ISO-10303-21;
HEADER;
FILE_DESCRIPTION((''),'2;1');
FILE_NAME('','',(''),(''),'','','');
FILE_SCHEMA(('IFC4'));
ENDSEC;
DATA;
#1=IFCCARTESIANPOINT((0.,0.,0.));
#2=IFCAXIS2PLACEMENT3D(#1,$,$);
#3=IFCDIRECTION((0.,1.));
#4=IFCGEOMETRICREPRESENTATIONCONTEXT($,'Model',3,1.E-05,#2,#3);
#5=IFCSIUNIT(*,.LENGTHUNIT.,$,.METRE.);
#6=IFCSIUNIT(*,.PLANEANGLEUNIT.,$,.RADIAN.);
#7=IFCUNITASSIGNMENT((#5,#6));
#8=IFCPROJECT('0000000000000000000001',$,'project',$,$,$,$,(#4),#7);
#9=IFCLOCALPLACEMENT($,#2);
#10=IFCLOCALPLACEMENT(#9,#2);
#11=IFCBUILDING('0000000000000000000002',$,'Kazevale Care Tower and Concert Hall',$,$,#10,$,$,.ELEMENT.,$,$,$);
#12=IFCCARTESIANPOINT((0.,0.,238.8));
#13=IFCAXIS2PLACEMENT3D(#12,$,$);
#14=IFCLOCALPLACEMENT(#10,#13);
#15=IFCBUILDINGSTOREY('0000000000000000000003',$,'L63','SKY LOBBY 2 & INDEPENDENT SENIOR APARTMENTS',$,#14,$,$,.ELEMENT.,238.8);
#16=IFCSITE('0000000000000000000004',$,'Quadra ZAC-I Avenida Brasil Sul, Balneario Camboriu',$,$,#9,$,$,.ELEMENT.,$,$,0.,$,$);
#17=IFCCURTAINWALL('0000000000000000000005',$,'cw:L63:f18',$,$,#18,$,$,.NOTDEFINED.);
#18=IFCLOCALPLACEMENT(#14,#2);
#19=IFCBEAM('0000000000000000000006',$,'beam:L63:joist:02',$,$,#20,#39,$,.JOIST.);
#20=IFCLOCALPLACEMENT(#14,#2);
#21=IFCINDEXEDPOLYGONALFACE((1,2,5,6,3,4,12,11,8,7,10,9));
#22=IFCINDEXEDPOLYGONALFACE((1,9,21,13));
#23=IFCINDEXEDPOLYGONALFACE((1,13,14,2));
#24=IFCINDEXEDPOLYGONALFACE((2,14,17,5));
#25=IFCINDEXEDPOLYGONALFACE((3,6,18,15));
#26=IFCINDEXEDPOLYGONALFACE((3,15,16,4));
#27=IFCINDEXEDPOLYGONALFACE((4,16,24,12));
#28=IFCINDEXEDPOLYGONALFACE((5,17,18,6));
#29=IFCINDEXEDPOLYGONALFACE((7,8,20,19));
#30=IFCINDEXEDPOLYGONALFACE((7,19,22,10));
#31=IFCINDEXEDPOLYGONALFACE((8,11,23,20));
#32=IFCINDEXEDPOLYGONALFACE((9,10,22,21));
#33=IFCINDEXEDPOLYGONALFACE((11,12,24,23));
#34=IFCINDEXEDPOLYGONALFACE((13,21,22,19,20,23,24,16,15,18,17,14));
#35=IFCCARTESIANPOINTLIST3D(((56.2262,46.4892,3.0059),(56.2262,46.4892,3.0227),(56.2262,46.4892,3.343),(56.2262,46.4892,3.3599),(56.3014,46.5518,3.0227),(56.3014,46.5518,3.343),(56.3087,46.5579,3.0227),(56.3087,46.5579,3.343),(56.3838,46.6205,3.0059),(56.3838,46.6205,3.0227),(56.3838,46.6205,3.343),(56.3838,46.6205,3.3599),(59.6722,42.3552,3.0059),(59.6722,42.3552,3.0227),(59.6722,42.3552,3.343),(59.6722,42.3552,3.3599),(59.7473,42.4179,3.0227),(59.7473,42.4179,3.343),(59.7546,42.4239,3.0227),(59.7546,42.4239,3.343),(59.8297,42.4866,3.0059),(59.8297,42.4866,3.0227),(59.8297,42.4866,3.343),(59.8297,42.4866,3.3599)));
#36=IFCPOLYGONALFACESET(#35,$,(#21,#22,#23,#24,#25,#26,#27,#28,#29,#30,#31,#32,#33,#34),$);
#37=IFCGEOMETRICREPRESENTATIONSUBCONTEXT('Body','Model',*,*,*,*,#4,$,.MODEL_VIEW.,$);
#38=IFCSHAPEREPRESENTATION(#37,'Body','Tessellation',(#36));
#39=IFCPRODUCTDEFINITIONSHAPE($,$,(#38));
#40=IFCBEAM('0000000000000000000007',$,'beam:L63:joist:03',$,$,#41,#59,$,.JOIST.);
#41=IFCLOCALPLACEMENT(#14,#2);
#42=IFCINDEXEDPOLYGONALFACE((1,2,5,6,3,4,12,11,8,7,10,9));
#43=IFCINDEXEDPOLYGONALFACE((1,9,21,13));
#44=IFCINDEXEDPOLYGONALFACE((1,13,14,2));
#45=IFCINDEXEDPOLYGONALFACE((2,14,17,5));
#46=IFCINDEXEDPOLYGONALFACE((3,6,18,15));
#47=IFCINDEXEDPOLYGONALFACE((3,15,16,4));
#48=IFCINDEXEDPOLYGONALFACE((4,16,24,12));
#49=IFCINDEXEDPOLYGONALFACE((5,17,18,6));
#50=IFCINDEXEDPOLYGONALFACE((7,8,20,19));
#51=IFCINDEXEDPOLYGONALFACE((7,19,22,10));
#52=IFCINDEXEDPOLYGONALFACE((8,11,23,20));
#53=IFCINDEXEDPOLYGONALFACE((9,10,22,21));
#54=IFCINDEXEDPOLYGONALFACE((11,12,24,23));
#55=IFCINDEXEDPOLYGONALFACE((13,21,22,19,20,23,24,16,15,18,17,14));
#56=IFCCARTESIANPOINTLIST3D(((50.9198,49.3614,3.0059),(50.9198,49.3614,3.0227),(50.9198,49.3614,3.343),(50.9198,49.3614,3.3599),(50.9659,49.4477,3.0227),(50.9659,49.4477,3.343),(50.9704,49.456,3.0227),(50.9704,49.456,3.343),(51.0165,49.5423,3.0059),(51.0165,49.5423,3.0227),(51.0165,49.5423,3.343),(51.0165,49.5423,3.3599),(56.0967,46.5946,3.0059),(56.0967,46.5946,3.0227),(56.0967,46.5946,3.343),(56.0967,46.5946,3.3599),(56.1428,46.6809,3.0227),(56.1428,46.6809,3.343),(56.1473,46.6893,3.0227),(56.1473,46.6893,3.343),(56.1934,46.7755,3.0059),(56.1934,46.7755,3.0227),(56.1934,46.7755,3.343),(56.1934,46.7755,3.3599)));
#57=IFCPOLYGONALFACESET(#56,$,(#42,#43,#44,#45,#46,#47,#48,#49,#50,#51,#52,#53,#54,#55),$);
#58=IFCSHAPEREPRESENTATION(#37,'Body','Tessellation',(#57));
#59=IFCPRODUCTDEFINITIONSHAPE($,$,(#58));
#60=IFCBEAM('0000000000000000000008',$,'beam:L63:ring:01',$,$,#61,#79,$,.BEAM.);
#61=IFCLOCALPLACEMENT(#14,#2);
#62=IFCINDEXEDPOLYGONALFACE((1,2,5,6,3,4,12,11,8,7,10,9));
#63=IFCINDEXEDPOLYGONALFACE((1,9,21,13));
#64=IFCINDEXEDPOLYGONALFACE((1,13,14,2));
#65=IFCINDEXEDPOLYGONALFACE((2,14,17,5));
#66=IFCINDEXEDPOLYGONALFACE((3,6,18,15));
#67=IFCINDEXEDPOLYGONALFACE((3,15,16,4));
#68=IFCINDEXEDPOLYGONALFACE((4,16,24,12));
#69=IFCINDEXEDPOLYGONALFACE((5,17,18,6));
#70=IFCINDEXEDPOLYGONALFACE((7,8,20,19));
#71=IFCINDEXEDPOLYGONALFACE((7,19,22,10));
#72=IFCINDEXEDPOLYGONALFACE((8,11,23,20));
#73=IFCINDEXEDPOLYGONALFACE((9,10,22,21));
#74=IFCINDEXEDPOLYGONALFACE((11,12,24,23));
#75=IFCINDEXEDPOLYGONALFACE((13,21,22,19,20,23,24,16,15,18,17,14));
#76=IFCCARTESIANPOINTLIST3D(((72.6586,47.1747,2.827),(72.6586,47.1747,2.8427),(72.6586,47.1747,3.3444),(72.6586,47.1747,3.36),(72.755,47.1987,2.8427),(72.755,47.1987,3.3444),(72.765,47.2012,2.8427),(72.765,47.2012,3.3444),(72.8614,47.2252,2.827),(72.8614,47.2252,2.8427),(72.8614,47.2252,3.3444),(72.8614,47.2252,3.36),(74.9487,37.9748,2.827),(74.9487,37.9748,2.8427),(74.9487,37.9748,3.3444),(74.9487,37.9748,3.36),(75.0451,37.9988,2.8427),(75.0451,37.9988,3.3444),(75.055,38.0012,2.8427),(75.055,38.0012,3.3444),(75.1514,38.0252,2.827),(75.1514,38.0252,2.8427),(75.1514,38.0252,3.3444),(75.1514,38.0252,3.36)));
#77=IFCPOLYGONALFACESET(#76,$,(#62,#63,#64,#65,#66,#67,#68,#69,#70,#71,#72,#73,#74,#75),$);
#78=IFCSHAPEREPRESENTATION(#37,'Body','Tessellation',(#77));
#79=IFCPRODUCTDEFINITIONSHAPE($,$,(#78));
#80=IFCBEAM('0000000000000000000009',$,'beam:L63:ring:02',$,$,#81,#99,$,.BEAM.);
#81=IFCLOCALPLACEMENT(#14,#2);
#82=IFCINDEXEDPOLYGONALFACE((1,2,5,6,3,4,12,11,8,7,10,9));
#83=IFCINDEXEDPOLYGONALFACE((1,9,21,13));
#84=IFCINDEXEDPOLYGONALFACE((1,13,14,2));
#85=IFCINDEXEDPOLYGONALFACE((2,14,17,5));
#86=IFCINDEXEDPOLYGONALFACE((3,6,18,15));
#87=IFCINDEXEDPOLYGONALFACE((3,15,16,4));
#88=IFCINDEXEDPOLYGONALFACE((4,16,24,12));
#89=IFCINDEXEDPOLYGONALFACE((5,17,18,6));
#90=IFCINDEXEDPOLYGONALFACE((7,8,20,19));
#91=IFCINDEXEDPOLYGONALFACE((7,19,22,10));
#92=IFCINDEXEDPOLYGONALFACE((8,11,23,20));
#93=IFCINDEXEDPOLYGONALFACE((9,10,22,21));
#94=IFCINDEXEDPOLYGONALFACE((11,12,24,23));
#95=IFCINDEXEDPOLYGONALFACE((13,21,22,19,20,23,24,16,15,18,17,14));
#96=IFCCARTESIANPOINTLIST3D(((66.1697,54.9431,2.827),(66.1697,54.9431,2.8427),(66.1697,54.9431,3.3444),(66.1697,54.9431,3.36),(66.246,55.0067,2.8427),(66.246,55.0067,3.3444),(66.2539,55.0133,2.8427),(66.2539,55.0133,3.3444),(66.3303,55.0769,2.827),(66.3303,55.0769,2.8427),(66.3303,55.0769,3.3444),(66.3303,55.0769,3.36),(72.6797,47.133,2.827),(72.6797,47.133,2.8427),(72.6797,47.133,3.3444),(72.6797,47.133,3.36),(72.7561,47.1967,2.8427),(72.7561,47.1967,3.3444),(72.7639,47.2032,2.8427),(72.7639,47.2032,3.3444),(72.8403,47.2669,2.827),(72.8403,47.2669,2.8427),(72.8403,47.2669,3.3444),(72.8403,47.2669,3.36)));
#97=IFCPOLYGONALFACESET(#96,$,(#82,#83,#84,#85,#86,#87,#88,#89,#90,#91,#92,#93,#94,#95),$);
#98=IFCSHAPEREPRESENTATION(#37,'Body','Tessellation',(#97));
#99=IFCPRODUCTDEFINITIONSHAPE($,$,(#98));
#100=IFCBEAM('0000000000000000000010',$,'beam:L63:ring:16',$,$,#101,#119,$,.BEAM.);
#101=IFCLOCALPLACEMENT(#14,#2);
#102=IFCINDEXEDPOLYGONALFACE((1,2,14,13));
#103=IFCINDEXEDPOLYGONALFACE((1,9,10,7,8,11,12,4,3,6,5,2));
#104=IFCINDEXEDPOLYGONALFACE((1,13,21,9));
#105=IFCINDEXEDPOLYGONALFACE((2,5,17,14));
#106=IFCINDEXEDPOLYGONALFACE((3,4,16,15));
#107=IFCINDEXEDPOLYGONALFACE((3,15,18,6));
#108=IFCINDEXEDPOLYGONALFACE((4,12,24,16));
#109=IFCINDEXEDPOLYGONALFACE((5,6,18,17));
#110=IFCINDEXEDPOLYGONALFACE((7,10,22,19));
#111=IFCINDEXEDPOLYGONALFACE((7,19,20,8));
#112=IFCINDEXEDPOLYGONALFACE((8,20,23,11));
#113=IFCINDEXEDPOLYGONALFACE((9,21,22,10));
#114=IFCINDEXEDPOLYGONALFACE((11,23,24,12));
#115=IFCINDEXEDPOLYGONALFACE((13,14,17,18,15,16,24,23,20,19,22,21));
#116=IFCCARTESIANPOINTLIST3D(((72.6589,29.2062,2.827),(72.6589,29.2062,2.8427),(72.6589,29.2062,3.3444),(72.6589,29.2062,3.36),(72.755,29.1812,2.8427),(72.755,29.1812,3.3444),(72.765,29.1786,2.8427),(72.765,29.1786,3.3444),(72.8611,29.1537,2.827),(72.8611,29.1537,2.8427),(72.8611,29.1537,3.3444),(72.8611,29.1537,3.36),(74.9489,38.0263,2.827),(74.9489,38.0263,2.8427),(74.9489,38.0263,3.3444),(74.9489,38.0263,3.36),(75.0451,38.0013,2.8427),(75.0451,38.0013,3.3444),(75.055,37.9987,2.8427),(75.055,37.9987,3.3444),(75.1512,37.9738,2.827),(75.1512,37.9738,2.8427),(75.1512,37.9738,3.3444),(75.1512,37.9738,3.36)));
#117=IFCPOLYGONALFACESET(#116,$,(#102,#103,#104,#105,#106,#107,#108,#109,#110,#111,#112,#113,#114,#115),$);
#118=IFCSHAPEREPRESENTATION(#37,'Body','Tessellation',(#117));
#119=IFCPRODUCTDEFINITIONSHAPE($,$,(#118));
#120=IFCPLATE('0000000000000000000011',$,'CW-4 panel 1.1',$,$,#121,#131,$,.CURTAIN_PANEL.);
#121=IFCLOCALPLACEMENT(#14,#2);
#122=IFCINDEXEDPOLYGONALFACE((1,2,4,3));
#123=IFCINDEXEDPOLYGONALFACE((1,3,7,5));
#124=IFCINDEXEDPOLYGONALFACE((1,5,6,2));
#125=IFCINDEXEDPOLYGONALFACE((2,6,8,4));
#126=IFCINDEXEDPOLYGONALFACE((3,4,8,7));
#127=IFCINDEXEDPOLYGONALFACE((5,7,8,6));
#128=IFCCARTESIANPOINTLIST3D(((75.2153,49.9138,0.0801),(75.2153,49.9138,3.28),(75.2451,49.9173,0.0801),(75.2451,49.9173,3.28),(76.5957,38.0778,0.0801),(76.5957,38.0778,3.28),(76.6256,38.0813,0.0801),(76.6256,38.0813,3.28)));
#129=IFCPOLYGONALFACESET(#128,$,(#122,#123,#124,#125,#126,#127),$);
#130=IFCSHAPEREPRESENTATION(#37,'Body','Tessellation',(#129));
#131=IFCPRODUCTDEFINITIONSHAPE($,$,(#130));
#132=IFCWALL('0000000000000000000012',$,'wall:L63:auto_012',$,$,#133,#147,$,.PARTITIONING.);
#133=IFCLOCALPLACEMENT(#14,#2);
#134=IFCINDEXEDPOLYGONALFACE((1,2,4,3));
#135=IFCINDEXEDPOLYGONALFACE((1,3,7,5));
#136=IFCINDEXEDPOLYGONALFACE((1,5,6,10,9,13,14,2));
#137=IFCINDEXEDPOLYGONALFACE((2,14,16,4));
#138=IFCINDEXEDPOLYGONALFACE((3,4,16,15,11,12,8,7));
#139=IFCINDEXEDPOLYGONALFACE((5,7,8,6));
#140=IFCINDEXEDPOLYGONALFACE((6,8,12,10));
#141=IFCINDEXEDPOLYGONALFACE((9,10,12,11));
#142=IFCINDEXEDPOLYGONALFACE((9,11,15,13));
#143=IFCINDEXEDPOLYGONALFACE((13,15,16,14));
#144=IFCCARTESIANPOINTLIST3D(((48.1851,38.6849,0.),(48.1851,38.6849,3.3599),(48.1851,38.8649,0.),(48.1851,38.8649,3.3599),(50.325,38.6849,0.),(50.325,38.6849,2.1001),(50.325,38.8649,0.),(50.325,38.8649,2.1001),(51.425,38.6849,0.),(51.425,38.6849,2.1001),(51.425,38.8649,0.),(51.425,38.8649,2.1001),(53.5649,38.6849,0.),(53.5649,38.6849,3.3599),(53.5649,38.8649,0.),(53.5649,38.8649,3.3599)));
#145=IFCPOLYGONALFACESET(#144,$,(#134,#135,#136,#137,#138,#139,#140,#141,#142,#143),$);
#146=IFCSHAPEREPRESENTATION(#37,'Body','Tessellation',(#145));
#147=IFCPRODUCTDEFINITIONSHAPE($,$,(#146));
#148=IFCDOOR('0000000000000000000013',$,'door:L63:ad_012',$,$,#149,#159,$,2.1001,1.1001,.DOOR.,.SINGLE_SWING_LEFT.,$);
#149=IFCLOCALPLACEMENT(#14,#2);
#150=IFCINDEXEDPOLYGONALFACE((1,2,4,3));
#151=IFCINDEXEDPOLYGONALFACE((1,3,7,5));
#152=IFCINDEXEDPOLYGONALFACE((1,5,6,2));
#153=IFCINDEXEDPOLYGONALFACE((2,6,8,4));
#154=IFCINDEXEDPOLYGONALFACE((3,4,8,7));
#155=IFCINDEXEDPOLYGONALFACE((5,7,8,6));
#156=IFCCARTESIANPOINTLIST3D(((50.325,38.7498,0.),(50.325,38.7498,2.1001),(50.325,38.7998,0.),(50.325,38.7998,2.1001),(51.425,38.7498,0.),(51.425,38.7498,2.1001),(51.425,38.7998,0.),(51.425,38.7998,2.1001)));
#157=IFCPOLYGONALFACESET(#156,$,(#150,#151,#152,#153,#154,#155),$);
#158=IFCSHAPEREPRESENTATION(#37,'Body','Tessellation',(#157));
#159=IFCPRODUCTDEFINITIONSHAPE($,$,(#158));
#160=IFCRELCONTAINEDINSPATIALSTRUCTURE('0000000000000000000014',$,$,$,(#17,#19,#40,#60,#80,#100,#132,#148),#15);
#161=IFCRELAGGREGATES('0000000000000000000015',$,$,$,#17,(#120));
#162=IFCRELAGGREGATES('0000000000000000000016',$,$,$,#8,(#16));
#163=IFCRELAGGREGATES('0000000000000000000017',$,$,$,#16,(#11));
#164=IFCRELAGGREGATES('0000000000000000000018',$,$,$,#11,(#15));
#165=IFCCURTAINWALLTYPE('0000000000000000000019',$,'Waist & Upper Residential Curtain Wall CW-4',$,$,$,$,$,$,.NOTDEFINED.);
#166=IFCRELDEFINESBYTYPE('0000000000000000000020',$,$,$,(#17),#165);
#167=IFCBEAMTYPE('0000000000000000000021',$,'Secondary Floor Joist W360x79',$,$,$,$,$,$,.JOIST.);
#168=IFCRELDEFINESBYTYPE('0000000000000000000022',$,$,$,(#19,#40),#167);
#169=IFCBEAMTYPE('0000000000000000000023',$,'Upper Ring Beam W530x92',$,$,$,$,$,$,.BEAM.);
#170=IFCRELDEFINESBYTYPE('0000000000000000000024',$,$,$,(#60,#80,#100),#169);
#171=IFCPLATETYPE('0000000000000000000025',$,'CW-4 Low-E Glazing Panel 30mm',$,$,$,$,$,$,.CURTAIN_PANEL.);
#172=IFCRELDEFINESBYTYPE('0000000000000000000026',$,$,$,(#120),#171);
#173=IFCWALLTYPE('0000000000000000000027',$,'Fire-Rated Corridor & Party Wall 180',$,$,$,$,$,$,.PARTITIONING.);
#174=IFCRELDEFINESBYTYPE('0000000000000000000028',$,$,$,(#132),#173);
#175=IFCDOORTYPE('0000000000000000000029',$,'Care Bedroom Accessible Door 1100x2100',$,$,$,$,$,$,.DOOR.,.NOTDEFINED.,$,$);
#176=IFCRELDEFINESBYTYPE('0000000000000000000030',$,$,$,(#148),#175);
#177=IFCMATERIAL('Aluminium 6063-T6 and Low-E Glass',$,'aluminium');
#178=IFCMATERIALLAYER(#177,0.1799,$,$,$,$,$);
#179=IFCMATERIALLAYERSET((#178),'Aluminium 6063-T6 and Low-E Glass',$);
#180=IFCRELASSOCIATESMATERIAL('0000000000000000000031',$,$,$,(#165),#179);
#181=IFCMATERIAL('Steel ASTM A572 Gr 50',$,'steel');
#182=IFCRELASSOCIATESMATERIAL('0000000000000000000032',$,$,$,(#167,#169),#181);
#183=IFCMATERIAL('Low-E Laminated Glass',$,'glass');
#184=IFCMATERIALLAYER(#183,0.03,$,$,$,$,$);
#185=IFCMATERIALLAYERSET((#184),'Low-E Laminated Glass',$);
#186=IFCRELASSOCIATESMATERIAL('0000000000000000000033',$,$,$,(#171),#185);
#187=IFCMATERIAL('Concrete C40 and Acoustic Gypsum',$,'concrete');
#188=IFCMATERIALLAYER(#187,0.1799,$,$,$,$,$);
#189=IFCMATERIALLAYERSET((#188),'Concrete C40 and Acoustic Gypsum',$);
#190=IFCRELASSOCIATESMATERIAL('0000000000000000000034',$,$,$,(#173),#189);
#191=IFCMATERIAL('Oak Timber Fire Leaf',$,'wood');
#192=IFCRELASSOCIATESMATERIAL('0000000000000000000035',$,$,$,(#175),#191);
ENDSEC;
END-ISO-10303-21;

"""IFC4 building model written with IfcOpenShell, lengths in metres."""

from ifc_helpers import new_model, si_unit, direction, frame, frame_2d, origin, origin_2d, place, context, subcontext, project, spatial, rectangle, i_section, extrude, material, layer, layer_set, material_profile, profile_set, type_object, element, fill, aggregate, save


model = new_model("IFC4")

# Units and contexts
model_context = context("Model", 3, precision=1e-05, world=origin(), true_north=direction((0.0, 1.0)))
body_context = subcontext(model_context, "Body", "Model", "MODEL_VIEW")
ifc_project = project(units=[si_unit("LENGTHUNIT", "METRE"), si_unit("PLANEANGLEUNIT", "RADIAN")], contexts=[model_context])

# Site, building, storey
site_placement = place(None, origin())
site = spatial("IfcSite", under=ifc_project, at=site_placement, Name="Quadra ZAC-I Avenida Brasil Sul, Balneario Camboriu", CompositionType="ELEMENT", RefElevation=0.0)
building_placement = place(site_placement, origin())
building = spatial("IfcBuilding", under=site, at=building_placement, Name="Kazevale Care Tower and Concert Hall", CompositionType="ELEMENT")
storey_placement = place(building_placement, frame((0.0, 0.0, 238.8)))
storey = spatial("IfcBuildingStorey", under=building, at=storey_placement, Name="L63", Description="SKY LOBBY 2 & INDEPENDENT SENIOR APARTMENTS", CompositionType="ELEMENT", Elevation=238.8)

# Curtain wall
ifc_material_1 = material(Name="Aluminium 6063-T6 and Low-E Glass", Category="aluminium")
ifc_layer_1 = layer(ifc_material_1, 0.1799)
ifc_layer_set_1 = layer_set([ifc_layer_1], Name="Aluminium 6063-T6 and Low-E Glass")
curtain_wall_type = type_object("IfcCurtainWallType", Name="Waist & Upper Residential Curtain Wall CW-4", PredefinedType="NOTDEFINED", material=ifc_layer_set_1)
curtain_wall_placement = place(storey_placement, origin())
curtain_wall = element("IfcCurtainWall", 1, at=curtain_wall_placement, inside=storey, type_object=curtain_wall_type, Name="cw:L63:f18", PredefinedType="NOTDEFINED")

# Beams
ifc_material_2 = material(Name="Steel ASTM A572 Gr 50", Category="steel")
ifc_material_profile_1 = material_profile(ifc_material_2, i_section(OverallWidth=0.2051, OverallDepth=0.354, WebThickness=0.0095, FlangeThickness=0.0168, at=origin_2d()), Name="W360x79")
ifc_profile_set_1 = profile_set([ifc_material_profile_1], Name="Steel ASTM A572 Gr 50")
beam_type_1 = type_object("IfcBeamType", Name="Secondary Floor Joist W360x79", PredefinedType="JOIST", material=ifc_profile_set_1)
beam_1_placement = place(storey_placement, frame((59.751, 42.4209, 3.1829), z_axis=(-0.640296, 0.768128, 0.0), x_axis=(-0.768128, -0.640296, 0.0)))
element("IfcBeam", 2, at=beam_1_placement, inside=storey, type_object=beam_type_1, Name="beam:L63:joist:02", PredefinedType="JOIST", context=body_context, shape_type="SweptSolid", body=[
    extrude(i_section(OverallWidth=0.2051, OverallDepth=0.354, WebThickness=0.0095, FlangeThickness=0.0168, at=origin_2d()), origin(), (0.0, 0.0, 1.0), 5.3818),
])
beam_2_placement = place(storey_placement, frame((56.145, 46.6851, 3.1829), z_axis=(-0.881944, 0.471354, 0.0), x_axis=(-0.471354, -0.881944, 0.0)))
element("IfcBeam", 3, at=beam_2_placement, inside=storey, type_object=beam_type_1, Name="beam:L63:joist:03", PredefinedType="JOIST", context=body_context, shape_type="SweptSolid", body=[
    extrude(i_section(OverallWidth=0.2051, OverallDepth=0.354, WebThickness=0.0095, FlangeThickness=0.0168, at=origin_2d()), origin(), (0.0, 0.0, 1.0), 5.8699),
])
ifc_material_profile_2 = material_profile(ifc_material_2, i_section(OverallWidth=0.209, OverallDepth=0.533, WebThickness=0.0103, FlangeThickness=0.0156, at=origin_2d()), Name="W530x92")
ifc_profile_set_2 = profile_set([ifc_material_profile_2], Name="Steel ASTM A572 Gr 50")
beam_type_2 = type_object("IfcBeamType", Name="Upper Ring Beam W530x92", PredefinedType="BEAM", material=ifc_profile_set_2)
beam_3_placement = place(storey_placement, frame((75.05, 38.0, 3.0935), z_axis=(-0.241548, 0.970389, 0.0), x_axis=(-0.970389, -0.241548, 0.0)))
element("IfcBeam", 4, at=beam_3_placement, inside=storey, type_object=beam_type_2, Name="beam:L63:ring:01", PredefinedType="BEAM", context=body_context, shape_type="SweptSolid", body=[
    extrude(i_section(OverallWidth=0.209, OverallDepth=0.533, WebThickness=0.0103, FlangeThickness=0.0156, at=origin_2d()), origin(), (0.0, 0.0, 1.0), 9.4807),
])
beam_4_placement = place(storey_placement, frame((72.76, 47.2, 3.0935), z_axis=(-0.640279, 0.768143, 0.0), x_axis=(-0.768143, -0.640279, 0.0)))
element("IfcBeam", 5, at=beam_4_placement, inside=storey, type_object=beam_type_2, Name="beam:L63:ring:02", PredefinedType="BEAM", context=body_context, shape_type="SweptSolid", body=[
    extrude(i_section(OverallWidth=0.209, OverallDepth=0.533, WebThickness=0.0103, FlangeThickness=0.0156, at=origin_2d()), origin(), (0.0, 0.0, 1.0), 10.1675),
])
beam_5_placement = place(storey_placement, frame((72.76, 29.1799, 3.0935), z_axis=(0.251307, 0.967907, 0.0), x_axis=(-0.967907, 0.251307, 0.0)))
element("IfcBeam", 6, at=beam_5_placement, inside=storey, type_object=beam_type_2, Name="beam:L63:ring:16", PredefinedType="BEAM", context=body_context, shape_type="SweptSolid", body=[
    extrude(i_section(OverallWidth=0.209, OverallDepth=0.533, WebThickness=0.0103, FlangeThickness=0.0156, at=origin_2d()), origin(), (0.0, 0.0, 1.0), 9.1125),
])

# Plate
ifc_material_3 = material(Name="Low-E Laminated Glass", Category="glass")
ifc_layer_2 = layer(ifc_material_3, 0.03)
ifc_layer_set_2 = layer_set([ifc_layer_2], Name="Low-E Laminated Glass")
plate_type = type_object("IfcPlateType", Name="CW-4 Low-E Glazing Panel 30mm", PredefinedType="CURTAIN_PANEL", material=ifc_layer_set_2)
plate_placement = place(storey_placement, frame((75.9204, 43.9976, 0.0801), z_axis=(0.0, 0.0, 1.0), x_axis=(0.115847, -0.993267, 0.0)))
plate = element("IfcPlate", 7, at=plate_placement, type_object=plate_type, Name="CW-4 panel 1.1", PredefinedType="CURTAIN_PANEL", context=body_context, shape_type="SweptSolid", body=[
    extrude(rectangle(XDim=11.9163, YDim=0.03, at=origin_2d()), origin(), (0.0, 0.0, 1.0), 3.2),
])
aggregate(curtain_wall, [plate])

# Wall, opening, door
ifc_material_4 = material(Name="Concrete C40 and Acoustic Gypsum", Category="concrete")
ifc_layer_3 = layer(ifc_material_4, 0.1799)
ifc_layer_set_3 = layer_set([ifc_layer_3], Name="Concrete C40 and Acoustic Gypsum")
wall_type_1 = type_object("IfcWallType", Name="Fire-Rated Corridor & Party Wall 180", PredefinedType="PARTITIONING", material=ifc_layer_set_3)
wall_1_placement = place(storey_placement, frame((48.1851, 38.7749, 0.0), z_axis=(0.0, 0.0, 1.0), x_axis=(1.0, 0.0, 0.0)))
wall_1 = element("IfcWall", 8, at=wall_1_placement, inside=storey, type_object=wall_type_1, Name="wall:L63:auto_012", PredefinedType="PARTITIONING", context=body_context, shape_type="SweptSolid", body=[
    extrude(rectangle(XDim=5.3799, YDim=0.1799, at=frame_2d((2.6899, 0.0))), origin(), (0.0, 0.0, 1.0), 3.3599),
])
opening_1_placement = place(wall_1_placement, frame((2.1399, 0.0, 0.0)))
opening_1 = element("IfcOpeningElement", 9, at=opening_1_placement, cuts=wall_1, PredefinedType="OPENING", context=body_context, shape_type="SweptSolid", body=[
    extrude(rectangle(XDim=1.1001, YDim=2.1001, at=frame_2d((0.55, 1.05))), frame((0.0, 0.0999, 0.0), z_axis=(0.0, -1.0, 0.0), x_axis=(1.0, 0.0, 0.0)), (0.0, 0.0, 1.0), 0.2),
])
ifc_material_5 = material(Name="Oak Timber Fire Leaf", Category="wood")
door_type = type_object("IfcDoorType", Name="Care Bedroom Accessible Door 1100x2100", OperationType="NOTDEFINED", PredefinedType="DOOR", material=ifc_material_5)
door_1_placement = place(opening_1_placement, origin())
door_1 = element("IfcDoor", 10, at=door_1_placement, inside=storey, type_object=door_type, Name="door:L63:ad_012", OperationType="SINGLE_SWING_LEFT", OverallHeight=2.1001, OverallWidth=1.1001, PredefinedType="DOOR", context=body_context, shape_type="SweptSolid", body=[
    extrude(rectangle(XDim=1.1001, YDim=2.1001, at=frame_2d((0.55, 1.05))), frame((0.0, 0.0249, 0.0), z_axis=(0.0, -1.0, 0.0), x_axis=(1.0, 0.0, 0.0)), (0.0, 0.0, 1.0), 0.05),
])
fill(opening_1, door_1)

save(model, "model.ifc")
